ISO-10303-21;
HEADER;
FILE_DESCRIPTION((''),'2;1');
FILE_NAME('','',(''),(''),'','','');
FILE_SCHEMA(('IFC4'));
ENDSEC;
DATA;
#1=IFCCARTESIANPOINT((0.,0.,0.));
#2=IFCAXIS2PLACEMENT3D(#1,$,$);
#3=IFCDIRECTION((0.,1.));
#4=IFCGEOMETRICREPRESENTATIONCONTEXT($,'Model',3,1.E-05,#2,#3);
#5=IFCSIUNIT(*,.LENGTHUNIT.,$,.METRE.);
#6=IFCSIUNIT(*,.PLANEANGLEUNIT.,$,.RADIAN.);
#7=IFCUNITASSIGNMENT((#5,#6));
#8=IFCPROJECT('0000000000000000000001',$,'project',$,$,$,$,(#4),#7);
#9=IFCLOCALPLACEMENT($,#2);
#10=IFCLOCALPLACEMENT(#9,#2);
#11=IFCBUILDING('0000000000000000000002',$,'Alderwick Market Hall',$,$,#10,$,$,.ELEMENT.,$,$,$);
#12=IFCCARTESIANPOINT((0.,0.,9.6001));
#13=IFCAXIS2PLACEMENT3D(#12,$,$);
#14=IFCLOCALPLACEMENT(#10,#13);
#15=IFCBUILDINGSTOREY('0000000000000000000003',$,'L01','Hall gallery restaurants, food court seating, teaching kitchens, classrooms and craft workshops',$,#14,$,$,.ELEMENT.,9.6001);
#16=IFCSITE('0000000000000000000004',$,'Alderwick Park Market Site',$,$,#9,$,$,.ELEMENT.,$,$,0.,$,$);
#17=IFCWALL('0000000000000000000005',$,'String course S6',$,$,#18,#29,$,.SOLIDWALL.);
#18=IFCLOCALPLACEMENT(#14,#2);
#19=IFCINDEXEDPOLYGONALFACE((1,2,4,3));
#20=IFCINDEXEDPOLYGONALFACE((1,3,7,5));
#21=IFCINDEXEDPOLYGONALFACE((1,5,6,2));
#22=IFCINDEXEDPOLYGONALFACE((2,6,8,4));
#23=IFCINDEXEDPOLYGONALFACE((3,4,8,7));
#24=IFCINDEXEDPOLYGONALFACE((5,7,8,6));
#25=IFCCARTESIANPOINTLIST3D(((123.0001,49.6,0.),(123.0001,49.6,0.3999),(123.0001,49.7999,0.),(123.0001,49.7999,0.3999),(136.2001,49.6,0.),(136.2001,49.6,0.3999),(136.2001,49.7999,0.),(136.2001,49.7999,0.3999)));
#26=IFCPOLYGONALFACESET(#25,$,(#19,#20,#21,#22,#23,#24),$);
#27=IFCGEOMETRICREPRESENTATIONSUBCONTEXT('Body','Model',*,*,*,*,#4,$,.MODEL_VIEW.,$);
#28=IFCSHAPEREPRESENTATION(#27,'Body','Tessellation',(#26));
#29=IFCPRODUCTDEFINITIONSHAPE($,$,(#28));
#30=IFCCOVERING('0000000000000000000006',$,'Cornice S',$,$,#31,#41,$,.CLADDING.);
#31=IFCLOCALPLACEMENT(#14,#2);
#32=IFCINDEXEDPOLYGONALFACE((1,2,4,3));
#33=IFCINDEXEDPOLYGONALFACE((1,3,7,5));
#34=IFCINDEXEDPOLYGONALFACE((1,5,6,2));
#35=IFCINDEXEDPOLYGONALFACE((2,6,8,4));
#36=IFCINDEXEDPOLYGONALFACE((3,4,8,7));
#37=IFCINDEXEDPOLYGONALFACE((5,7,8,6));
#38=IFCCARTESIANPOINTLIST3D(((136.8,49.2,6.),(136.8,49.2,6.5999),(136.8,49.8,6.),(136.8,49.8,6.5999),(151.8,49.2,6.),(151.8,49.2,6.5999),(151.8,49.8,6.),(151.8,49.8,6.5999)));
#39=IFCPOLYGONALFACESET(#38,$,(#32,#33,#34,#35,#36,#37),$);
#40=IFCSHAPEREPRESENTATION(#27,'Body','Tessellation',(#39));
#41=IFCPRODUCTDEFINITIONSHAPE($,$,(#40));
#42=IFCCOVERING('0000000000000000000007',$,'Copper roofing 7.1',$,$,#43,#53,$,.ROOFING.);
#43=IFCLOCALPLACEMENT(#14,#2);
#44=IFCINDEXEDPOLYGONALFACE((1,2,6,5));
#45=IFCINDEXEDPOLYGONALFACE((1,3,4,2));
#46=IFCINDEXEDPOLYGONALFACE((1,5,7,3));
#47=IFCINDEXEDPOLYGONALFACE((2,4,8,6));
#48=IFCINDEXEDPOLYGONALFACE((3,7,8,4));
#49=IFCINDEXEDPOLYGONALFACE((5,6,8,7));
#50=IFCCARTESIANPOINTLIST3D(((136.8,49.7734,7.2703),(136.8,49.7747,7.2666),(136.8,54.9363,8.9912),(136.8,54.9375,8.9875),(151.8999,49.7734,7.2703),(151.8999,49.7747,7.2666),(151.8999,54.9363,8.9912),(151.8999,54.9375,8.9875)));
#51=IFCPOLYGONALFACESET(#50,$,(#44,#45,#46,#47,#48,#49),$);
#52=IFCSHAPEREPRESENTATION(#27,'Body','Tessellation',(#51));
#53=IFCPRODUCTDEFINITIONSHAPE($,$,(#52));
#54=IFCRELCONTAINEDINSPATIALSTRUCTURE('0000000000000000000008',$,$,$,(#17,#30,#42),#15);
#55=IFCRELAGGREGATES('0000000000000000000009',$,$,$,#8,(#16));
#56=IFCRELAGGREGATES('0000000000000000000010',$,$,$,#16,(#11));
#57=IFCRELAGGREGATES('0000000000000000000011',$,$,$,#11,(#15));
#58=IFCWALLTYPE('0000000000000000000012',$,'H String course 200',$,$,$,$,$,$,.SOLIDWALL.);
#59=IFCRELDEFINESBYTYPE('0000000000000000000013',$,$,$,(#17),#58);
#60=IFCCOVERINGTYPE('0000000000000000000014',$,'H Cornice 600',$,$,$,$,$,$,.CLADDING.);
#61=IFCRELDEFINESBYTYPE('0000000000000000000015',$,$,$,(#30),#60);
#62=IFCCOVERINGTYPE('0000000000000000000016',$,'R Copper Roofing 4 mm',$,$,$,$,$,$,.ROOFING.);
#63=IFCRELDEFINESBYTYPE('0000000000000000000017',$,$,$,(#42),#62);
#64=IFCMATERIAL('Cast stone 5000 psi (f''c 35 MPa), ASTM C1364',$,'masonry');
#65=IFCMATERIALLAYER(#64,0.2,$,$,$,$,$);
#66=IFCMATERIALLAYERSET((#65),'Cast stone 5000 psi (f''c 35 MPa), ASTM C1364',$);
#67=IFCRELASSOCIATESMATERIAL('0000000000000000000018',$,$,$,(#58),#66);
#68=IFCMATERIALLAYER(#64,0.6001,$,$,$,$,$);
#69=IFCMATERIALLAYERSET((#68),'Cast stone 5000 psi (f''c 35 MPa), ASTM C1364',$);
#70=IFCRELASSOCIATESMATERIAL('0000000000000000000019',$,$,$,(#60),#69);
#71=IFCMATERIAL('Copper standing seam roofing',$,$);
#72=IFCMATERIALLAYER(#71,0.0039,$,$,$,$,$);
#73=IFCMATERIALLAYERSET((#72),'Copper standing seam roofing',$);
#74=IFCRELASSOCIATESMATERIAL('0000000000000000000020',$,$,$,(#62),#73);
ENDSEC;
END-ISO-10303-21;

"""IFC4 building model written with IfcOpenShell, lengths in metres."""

from ifc_helpers import new_model, si_unit, direction, frame, frame_2d, origin, place, context, subcontext, project, spatial, polyline, rectangle, outline, extrude, material, layer, layer_set, type_object, element, save


model = new_model("IFC4")

# Units and contexts
model_context = context("Model", 3, precision=1e-05, world=origin(), true_north=direction((0.0, 1.0)))
body_context = subcontext(model_context, "Body", "Model", "MODEL_VIEW")
ifc_project = project(units=[si_unit("LENGTHUNIT", "METRE"), si_unit("PLANEANGLEUNIT", "RADIAN")], contexts=[model_context])

# Site, building, storey
site_placement = place(None, origin())
site = spatial("IfcSite", under=ifc_project, at=site_placement, Name="Alderwick Park Market Site", CompositionType="ELEMENT", RefElevation=0.0)
building_placement = place(site_placement, origin())
building = spatial("IfcBuilding", under=site, at=building_placement, Name="Alderwick Market Hall", CompositionType="ELEMENT")
storey_placement = place(building_placement, frame((0.0, 0.0, 9.6001)))
storey = spatial("IfcBuildingStorey", under=building, at=storey_placement, Name="L01", Description="Hall gallery restaurants, food court seating, teaching kitchens, classrooms and craft workshops", CompositionType="ELEMENT", Elevation=9.6001)

# Wall
ifc_material_1 = material(Name="Cast stone 5000 psi (f'c 35 MPa), ASTM C1364", Category="masonry")
ifc_layer_1 = layer(ifc_material_1, 0.2)
ifc_layer_set_1 = layer_set([ifc_layer_1], Name="Cast stone 5000 psi (f'c 35 MPa), ASTM C1364")
wall_type_1 = type_object("IfcWallType", Name="H String course 200", PredefinedType="SOLIDWALL", material=ifc_layer_set_1)
wall_1_placement = place(storey_placement, frame((123.0, 49.7, 0.0), z_axis=(0.0, 0.0, 1.0), x_axis=(1.0, 0.0, 0.0)))
element("IfcWall", 1, at=wall_1_placement, inside=storey, type_object=wall_type_1, Name="String course S6", PredefinedType="SOLIDWALL", context=body_context, shape_type="SweptSolid", body=[
    extrude(rectangle(XDim=13.2, YDim=0.2, at=frame_2d((6.6001, 0.0))), origin(), (0.0, 0.0, 1.0), 0.3999),
])

# Coverings
ifc_layer_2 = layer(ifc_material_1, 0.6001)
ifc_layer_set_2 = layer_set([ifc_layer_2], Name="Cast stone 5000 psi (f'c 35 MPa), ASTM C1364")
covering_type_1 = type_object("IfcCoveringType", Name="H Cornice 600", PredefinedType="CLADDING", material=ifc_layer_set_2)
covering_1_placement = place(storey_placement, frame((136.8, 49.5, 6.0), z_axis=(0.0, 0.0, 1.0), x_axis=(1.0, 0.0, 0.0)))
element("IfcCovering", 2, at=covering_1_placement, inside=storey, type_object=covering_type_1, Name="Cornice S", PredefinedType="CLADDING", context=body_context, shape_type="SweptSolid", body=[
    extrude(rectangle(XDim=15.0, YDim=0.6001, at=frame_2d((7.5, 0.0))), origin(), (0.0, 0.0, 1.0), 0.5999),
])
ifc_material_2 = material(Name="Copper standing seam roofing")
ifc_layer_3 = layer(ifc_material_2, 0.0039)
ifc_layer_set_3 = layer_set([ifc_layer_3], Name="Copper standing seam roofing")
covering_type_2 = type_object("IfcCoveringType", Name="R Copper Roofing 4 mm", PredefinedType="ROOFING", material=ifc_layer_set_3)
covering_2_placement = place(storey_placement, frame((136.8, 49.7734, 7.2703), z_axis=(0.0, -0.316228, 0.948683), x_axis=(1.0, 0.0, 0.0)))
element("IfcCovering", 3, at=covering_2_placement, inside=storey, type_object=covering_type_2, Name="Copper roofing 7.1", PredefinedType="ROOFING", context=body_context, shape_type="SweptSolid", body=[
    extrude(outline(polyline([(0.0, 0.0), (15.0999, 0.0), (15.0999, 5.4421), (0.0, 5.4421), (0.0, 0.0)])), origin(), (0.0, 0.0, -1.0), 0.0039),
])

save(model, "model.ifc")
